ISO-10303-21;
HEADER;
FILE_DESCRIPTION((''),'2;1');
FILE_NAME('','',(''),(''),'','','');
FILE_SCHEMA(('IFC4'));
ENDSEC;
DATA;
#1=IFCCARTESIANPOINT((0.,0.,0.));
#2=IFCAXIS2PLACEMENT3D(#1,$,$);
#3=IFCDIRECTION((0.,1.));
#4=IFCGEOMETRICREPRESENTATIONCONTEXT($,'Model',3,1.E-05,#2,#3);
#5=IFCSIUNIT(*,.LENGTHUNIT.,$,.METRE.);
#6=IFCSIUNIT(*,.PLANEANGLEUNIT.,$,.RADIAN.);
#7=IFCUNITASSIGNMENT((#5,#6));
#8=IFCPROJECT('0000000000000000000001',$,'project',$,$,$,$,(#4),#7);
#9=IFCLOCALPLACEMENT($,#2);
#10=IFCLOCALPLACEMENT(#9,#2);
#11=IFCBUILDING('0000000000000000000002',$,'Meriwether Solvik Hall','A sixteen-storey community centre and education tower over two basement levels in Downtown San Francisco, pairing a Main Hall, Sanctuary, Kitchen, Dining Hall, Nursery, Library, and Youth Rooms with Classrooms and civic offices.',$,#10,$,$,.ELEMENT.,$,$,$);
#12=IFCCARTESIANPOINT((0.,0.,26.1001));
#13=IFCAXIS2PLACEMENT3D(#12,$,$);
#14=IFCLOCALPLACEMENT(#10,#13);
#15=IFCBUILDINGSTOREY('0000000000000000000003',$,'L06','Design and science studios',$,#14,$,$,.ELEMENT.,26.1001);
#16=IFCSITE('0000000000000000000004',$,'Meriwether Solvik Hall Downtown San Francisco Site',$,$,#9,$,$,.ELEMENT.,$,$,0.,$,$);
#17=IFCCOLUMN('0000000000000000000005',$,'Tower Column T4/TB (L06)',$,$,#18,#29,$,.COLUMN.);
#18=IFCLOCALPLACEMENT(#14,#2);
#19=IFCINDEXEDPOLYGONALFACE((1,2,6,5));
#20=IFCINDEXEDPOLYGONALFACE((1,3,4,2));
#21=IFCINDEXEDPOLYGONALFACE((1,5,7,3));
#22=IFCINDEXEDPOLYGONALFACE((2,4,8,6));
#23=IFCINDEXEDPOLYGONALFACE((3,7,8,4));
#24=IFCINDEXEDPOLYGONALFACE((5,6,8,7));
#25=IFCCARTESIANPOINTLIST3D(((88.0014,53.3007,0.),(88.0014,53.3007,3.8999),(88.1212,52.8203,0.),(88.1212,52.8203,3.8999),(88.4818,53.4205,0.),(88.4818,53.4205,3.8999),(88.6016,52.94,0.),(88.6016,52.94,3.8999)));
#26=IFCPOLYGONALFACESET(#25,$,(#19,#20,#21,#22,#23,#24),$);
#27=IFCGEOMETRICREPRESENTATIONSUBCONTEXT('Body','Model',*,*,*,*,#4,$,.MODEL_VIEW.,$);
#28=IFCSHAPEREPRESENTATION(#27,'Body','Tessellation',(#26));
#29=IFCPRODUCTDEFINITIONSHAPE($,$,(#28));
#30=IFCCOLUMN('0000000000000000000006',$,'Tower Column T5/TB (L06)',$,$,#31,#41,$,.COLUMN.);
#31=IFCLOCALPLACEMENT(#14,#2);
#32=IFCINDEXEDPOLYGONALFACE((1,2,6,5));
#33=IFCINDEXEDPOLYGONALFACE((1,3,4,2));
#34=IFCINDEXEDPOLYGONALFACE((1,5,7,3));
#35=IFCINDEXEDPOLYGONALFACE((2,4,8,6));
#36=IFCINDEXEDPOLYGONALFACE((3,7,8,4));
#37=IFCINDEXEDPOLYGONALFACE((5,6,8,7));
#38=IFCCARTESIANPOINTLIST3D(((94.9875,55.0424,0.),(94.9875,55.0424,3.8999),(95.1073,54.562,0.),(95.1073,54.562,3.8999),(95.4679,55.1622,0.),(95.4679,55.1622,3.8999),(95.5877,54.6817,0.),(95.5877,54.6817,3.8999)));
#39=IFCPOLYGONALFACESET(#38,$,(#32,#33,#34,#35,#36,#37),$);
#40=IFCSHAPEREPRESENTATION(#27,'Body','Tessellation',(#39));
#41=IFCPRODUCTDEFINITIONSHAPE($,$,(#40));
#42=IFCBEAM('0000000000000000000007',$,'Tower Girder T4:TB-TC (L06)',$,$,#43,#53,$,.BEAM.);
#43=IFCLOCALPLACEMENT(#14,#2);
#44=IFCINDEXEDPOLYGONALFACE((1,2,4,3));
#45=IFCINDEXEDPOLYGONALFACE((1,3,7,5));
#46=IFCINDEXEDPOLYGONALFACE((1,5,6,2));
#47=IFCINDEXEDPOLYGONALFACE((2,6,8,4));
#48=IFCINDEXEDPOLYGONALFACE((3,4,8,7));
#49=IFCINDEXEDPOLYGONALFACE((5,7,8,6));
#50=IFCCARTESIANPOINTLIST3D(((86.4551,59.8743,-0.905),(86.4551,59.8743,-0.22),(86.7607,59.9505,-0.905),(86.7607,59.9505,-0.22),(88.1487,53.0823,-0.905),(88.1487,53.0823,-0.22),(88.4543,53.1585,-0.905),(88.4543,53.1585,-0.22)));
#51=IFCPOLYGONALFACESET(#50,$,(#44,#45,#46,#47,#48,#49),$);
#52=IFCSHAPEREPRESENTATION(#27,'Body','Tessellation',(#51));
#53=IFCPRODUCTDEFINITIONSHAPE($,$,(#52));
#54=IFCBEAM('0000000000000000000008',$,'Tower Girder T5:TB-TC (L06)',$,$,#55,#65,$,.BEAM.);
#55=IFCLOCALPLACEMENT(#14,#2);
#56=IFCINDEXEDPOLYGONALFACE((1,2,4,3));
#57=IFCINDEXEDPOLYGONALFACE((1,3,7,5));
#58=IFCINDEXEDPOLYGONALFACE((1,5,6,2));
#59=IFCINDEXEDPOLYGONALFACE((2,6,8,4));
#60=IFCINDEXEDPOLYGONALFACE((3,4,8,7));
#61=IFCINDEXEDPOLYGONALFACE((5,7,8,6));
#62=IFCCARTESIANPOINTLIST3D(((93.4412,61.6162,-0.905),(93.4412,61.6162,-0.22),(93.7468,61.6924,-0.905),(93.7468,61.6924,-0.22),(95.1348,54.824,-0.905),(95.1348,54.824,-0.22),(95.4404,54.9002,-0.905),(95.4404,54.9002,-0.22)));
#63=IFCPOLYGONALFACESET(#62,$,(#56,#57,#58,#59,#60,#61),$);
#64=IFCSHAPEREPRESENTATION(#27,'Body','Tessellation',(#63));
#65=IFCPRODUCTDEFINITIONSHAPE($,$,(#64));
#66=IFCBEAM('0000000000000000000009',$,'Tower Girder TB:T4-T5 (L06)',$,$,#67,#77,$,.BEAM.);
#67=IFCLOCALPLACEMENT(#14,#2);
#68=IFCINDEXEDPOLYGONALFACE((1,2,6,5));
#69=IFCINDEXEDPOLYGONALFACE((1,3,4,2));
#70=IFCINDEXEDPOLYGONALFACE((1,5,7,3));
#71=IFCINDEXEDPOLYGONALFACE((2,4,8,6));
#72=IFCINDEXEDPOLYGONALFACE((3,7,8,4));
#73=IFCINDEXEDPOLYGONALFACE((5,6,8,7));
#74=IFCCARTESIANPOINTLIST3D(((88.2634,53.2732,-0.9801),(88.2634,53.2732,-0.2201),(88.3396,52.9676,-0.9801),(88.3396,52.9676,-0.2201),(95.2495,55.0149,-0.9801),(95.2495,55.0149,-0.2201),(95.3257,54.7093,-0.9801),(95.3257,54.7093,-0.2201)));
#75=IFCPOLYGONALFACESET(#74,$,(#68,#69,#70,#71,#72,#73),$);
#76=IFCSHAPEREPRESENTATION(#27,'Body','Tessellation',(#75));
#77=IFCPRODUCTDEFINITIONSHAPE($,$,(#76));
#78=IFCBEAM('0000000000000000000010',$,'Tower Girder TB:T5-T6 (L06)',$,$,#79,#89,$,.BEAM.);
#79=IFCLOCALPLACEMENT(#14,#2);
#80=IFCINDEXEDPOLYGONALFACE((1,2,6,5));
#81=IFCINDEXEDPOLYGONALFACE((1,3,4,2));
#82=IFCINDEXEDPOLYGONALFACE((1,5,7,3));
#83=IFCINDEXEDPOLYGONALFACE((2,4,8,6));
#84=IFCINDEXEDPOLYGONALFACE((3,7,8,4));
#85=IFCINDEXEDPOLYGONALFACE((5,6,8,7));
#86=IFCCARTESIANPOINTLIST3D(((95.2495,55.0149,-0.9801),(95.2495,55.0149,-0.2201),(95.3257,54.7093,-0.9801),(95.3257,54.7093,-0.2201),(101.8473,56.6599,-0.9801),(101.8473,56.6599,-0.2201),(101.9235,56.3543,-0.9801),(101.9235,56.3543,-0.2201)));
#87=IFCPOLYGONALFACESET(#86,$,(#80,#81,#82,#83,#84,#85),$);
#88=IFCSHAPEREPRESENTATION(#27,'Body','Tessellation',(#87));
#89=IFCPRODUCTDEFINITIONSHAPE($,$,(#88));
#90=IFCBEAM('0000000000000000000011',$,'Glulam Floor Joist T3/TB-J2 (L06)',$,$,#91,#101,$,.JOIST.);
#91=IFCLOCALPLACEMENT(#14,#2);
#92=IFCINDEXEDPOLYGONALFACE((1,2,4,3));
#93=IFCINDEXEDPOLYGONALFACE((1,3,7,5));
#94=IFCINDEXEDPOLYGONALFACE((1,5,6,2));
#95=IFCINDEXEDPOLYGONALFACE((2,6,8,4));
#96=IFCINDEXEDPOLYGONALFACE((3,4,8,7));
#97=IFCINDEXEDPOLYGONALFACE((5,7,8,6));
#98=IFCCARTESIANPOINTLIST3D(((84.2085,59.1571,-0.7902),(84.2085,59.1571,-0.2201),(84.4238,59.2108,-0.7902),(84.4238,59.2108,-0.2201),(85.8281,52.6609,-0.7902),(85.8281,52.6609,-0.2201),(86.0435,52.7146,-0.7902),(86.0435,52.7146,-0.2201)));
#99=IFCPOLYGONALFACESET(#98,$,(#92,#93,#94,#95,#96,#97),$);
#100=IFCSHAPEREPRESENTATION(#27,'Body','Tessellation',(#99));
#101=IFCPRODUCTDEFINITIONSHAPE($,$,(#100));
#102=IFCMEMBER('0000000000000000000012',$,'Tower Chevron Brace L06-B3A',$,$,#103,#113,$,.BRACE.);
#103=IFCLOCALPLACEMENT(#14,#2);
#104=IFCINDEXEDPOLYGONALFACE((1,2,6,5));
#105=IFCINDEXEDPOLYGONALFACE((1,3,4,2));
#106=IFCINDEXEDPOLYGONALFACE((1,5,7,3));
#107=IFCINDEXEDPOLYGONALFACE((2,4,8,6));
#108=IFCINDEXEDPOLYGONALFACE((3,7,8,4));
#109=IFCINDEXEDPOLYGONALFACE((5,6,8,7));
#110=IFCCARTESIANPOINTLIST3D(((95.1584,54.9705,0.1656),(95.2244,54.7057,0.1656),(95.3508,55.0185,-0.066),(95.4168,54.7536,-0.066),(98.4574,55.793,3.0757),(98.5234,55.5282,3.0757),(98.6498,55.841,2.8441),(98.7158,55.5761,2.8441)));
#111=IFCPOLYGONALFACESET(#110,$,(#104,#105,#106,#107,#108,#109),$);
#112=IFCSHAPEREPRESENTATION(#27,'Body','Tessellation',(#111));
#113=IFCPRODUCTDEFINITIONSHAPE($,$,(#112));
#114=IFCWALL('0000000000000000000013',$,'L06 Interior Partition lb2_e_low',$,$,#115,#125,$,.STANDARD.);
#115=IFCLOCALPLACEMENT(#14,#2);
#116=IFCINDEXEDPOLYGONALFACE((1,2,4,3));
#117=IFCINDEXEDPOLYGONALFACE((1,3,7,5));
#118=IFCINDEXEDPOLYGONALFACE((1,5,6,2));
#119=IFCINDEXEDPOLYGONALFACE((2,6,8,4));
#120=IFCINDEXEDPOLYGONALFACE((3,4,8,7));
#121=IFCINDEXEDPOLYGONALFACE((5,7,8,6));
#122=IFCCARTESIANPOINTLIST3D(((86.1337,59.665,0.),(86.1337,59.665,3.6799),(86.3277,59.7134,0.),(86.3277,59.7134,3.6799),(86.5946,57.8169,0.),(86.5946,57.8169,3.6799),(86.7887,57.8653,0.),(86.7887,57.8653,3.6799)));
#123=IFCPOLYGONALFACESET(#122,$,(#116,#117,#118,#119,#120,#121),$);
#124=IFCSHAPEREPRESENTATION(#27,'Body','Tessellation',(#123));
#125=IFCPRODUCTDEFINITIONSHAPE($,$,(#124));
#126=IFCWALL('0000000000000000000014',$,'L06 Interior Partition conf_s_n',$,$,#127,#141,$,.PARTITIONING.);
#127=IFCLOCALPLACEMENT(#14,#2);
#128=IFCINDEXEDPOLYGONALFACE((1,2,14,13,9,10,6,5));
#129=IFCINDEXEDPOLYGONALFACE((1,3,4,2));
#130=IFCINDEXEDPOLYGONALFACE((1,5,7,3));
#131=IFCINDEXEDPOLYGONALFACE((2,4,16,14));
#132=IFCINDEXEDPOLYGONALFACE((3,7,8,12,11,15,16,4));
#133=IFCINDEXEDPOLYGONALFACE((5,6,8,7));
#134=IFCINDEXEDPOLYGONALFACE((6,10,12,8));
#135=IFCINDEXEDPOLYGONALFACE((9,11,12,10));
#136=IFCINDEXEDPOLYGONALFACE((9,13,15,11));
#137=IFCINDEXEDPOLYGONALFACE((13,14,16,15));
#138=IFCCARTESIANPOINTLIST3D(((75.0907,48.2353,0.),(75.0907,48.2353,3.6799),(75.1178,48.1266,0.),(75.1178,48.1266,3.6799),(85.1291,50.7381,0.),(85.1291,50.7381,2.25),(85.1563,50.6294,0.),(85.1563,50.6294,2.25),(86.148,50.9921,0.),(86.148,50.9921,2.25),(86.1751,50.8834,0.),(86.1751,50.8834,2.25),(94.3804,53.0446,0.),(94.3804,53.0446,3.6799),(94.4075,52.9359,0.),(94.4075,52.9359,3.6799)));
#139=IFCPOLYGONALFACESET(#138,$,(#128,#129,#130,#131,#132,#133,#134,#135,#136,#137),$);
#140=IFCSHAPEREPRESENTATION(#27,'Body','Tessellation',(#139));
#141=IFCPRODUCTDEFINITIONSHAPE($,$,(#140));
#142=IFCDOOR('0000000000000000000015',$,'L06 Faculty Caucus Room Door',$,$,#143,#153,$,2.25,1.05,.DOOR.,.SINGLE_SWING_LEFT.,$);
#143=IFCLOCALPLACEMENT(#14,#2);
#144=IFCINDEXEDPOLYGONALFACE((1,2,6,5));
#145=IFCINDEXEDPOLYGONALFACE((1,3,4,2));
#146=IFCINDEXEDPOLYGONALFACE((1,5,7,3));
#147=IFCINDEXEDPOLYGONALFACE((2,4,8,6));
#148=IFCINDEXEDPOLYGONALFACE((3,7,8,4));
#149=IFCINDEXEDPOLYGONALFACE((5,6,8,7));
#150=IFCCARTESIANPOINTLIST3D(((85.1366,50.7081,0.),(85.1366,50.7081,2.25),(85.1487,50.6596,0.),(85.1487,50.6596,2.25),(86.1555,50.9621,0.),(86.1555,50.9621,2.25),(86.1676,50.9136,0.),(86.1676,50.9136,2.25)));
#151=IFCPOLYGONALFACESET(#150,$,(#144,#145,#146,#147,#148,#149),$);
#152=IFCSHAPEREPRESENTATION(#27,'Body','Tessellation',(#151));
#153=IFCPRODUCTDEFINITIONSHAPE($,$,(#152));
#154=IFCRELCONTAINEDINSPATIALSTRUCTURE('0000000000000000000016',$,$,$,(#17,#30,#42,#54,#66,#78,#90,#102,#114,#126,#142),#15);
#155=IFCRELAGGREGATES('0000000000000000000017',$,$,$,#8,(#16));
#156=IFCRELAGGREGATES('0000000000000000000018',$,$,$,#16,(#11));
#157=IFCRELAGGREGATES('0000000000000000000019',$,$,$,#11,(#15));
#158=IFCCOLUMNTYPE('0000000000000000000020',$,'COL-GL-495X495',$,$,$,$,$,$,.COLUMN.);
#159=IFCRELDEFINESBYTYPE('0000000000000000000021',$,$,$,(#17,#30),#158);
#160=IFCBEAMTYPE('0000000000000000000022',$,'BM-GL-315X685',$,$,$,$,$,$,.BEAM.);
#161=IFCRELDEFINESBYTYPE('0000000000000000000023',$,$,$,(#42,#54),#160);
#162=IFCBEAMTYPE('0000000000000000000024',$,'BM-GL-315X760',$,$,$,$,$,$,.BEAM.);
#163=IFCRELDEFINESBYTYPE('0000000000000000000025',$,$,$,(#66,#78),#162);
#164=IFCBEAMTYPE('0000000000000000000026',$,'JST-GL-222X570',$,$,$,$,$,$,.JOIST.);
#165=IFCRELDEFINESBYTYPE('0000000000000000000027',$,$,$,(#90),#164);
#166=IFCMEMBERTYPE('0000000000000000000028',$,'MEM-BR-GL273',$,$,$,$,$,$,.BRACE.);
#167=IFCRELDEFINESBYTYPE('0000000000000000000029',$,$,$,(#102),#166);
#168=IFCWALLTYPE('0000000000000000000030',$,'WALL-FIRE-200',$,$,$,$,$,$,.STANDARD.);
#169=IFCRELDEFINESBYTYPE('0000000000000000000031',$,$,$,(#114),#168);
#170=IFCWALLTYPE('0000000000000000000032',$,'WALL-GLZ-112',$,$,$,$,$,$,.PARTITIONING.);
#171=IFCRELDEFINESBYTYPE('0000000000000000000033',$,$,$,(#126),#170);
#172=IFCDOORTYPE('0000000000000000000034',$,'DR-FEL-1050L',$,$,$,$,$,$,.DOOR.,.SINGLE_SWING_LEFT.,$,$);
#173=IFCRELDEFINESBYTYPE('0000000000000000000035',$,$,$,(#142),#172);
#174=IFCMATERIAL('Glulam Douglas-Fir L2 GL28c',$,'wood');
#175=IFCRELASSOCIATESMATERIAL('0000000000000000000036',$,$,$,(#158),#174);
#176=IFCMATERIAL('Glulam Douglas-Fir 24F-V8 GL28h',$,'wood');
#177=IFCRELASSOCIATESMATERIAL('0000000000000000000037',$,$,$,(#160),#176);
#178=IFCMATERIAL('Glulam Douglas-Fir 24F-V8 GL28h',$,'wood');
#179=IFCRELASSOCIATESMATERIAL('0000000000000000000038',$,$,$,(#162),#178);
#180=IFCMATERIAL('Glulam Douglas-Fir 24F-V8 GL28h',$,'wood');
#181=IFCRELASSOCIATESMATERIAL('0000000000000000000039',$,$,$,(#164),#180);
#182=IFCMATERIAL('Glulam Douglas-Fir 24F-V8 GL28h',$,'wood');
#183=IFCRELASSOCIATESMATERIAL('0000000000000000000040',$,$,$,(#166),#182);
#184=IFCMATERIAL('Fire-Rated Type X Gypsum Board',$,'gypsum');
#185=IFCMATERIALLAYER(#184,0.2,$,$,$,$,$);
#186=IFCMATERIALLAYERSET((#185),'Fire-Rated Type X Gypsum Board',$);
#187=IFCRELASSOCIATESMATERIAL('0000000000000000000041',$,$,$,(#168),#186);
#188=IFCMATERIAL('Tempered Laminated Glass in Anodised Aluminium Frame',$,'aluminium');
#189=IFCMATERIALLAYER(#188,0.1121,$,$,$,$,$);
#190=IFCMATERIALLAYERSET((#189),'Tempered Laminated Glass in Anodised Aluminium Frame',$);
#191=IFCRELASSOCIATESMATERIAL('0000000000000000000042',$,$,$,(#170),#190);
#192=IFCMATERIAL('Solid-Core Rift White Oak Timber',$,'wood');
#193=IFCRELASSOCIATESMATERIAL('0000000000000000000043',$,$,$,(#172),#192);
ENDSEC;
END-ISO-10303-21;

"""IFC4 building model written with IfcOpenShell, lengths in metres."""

from ifc_helpers import new_model, si_unit, direction, frame, frame_2d, origin, origin_2d, place, context, subcontext, project, spatial, rectangle, extrude, material, layer, layer_set, material_profile, profile_set, type_object, element, fill, save


model = new_model("IFC4")

# Units and contexts
model_context = context("Model", 3, precision=1e-05, world=origin(), true_north=direction((0.0, 1.0)))
body_context = subcontext(model_context, "Body", "Model", "MODEL_VIEW")
ifc_project = project(units=[si_unit("LENGTHUNIT", "METRE"), si_unit("PLANEANGLEUNIT", "RADIAN")], contexts=[model_context])

# Site, building, storey
site_placement = place(None, origin())
site = spatial("IfcSite", under=ifc_project, at=site_placement, Name="Meriwether Solvik Hall Downtown San Francisco Site", CompositionType="ELEMENT", RefElevation=0.0)
building_placement = place(site_placement, origin())
building = spatial("IfcBuilding", under=site, at=building_placement, Name="Meriwether Solvik Hall", Description="A sixteen-storey community centre and education tower over two basement levels in Downtown San Francisco, pairing a Main Hall, Sanctuary, Kitchen, Dining Hall, Nursery, Library, and Youth Rooms with Classrooms and civic offices.", CompositionType="ELEMENT")
storey_placement = place(building_placement, frame((0.0, 0.0, 26.1001)))
storey = spatial("IfcBuildingStorey", under=building, at=storey_placement, Name="L06", Description="Design and science studios", CompositionType="ELEMENT", Elevation=26.1001)

# Columns
ifc_material_1 = material(Name="Glulam Douglas-Fir L2 GL28c", Category="wood")
ifc_material_profile_1 = material_profile(ifc_material_1, rectangle(XDim=0.4951, YDim=0.4951, at=origin_2d()), Name="GLC-495X495")
ifc_profile_set_1 = profile_set([ifc_material_profile_1], Name="Glulam Douglas-Fir L2 GL28c")
column_type = type_object("IfcColumnType", Name="COL-GL-495X495", PredefinedType="COLUMN", material=ifc_profile_set_1)
for number, where, z_axis, x_axis, name in (
    (1, (88.3015, 53.1204, 0.0), (0.0, 0.0, 1.0), (0.970296, 0.241922, 0.0), "Tower Column T4/TB (L06)"),
    (2, (95.2876, 54.8621, 0.0), (0.0, 0.0, 1.0), (0.970296, 0.241922, 0.0), "Tower Column T5/TB (L06)"),
):
    element("IfcColumn", number, at=place(storey_placement, frame(where, z_axis=z_axis, x_axis=x_axis)), inside=storey, type_object=column_type, Name=name, PredefinedType="COLUMN", context=body_context, shape_type="SweptSolid", body=[
        extrude(rectangle(XDim=0.4951, YDim=0.4951, at=origin_2d()), origin(), (0.0, 0.0, 1.0), 3.8999),
    ])

# Beams
ifc_material_2 = material(Name="Glulam Douglas-Fir 24F-V8 GL28h", Category="wood")
ifc_material_profile_2 = material_profile(ifc_material_2, rectangle(XDim=0.3149, YDim=0.6851, at=origin_2d()), Name="GLB-315X685")
ifc_profile_set_2 = profile_set([ifc_material_profile_2], Name="Glulam Douglas-Fir 24F-V8 GL28h")
beam_type_1 = type_object("IfcBeamType", Name="BM-GL-315X685", PredefinedType="BEAM", material=ifc_profile_set_2)
beam_1_placement = place(storey_placement, frame((88.3015, 53.1204, -0.5625), z_axis=(-0.241945, 0.97029, 0.0), x_axis=(-0.97029, -0.241945, 0.0)))
element("IfcBeam", 3, at=beam_1_placement, inside=storey, type_object=beam_type_1, Name="Tower Girder T4:TB-TC (L06)", PredefinedType="BEAM", context=body_context, shape_type="SweptSolid", body=[
    extrude(rectangle(XDim=0.3149, YDim=0.6851, at=origin_2d()), origin(), (0.0, 0.0, 1.0), 7.0),
])
beam_2_placement = place(storey_placement, frame((95.2876, 54.8621, -0.5625), z_axis=(-0.241937, 0.970292, 0.0), x_axis=(-0.970292, -0.241937, 0.0)))
element("IfcBeam", 4, at=beam_2_placement, inside=storey, type_object=beam_type_1, Name="Tower Girder T5:TB-TC (L06)", PredefinedType="BEAM", context=body_context, shape_type="SweptSolid", body=[
    extrude(rectangle(XDim=0.3149, YDim=0.6851, at=origin_2d()), origin(), (0.0, 0.0, 1.0), 7.0002),
])
ifc_material_3 = material(Name="Glulam Douglas-Fir 24F-V8 GL28h", Category="wood")
ifc_material_profile_3 = material_profile(ifc_material_3, rectangle(XDim=0.3149, YDim=0.76, at=origin_2d()), Name="GLB-315X760")
ifc_profile_set_3 = profile_set([ifc_material_profile_3], Name="Glulam Douglas-Fir 24F-V8 GL28h")
beam_type_2 = type_object("IfcBeamType", Name="BM-GL-315X760", PredefinedType="BEAM", material=ifc_profile_set_3)
beam_3_placement = place(storey_placement, frame((88.3015, 53.1204, -0.6001), z_axis=(0.9703, 0.241905, 0.0), x_axis=(-0.241905, 0.9703, 0.0)))
element("IfcBeam", 5, at=beam_3_placement, inside=storey, type_object=beam_type_2, Name="Tower Girder TB:T4-T5 (L06)", PredefinedType="BEAM", context=body_context, shape_type="SweptSolid", body=[
    extrude(rectangle(XDim=0.3149, YDim=0.76, at=origin_2d()), origin(), (0.0, 0.0, 1.0), 7.2),
])
beam_4_placement = place(storey_placement, frame((95.2876, 54.8621, -0.6001), z_axis=(0.970296, 0.241919, 0.0), x_axis=(-0.241919, 0.970296, 0.0)))
element("IfcBeam", 6, at=beam_4_placement, inside=storey, type_object=beam_type_2, Name="Tower Girder TB:T5-T6 (L06)", PredefinedType="BEAM", context=body_context, shape_type="SweptSolid", body=[
    extrude(rectangle(XDim=0.3149, YDim=0.76, at=origin_2d()), origin(), (0.0, 0.0, 1.0), 6.7998),
])
ifc_material_4 = material(Name="Glulam Douglas-Fir 24F-V8 GL28h", Category="wood")
ifc_material_profile_4 = material_profile(ifc_material_4, rectangle(XDim=0.2219, YDim=0.5701, at=origin_2d()), Name="GLJ-222X570")
ifc_profile_set_4 = profile_set([ifc_material_profile_4], Name="Glulam Douglas-Fir 24F-V8 GL28h")
beam_type_3 = type_object("IfcBeamType", Name="JST-GL-222X570", PredefinedType="JOIST", material=ifc_profile_set_4)
beam_5_placement = place(storey_placement, frame((85.9358, 52.6877, -0.5051), z_axis=(-0.241918, 0.970297, 0.0), x_axis=(-0.970297, -0.241918, 0.0)))
element("IfcBeam", 7, at=beam_5_placement, inside=storey, type_object=beam_type_3, Name="Glulam Floor Joist T3/TB-J2 (L06)", PredefinedType="JOIST", context=body_context, shape_type="SweptSolid", body=[
    extrude(rectangle(XDim=0.2219, YDim=0.5701, at=origin_2d()), origin(), (0.0, 0.0, 1.0), 6.6951),
])

# Member
ifc_material_5 = material(Name="Glulam Douglas-Fir 24F-V8 GL28h", Category="wood")
ifc_material_profile_5 = material_profile(ifc_material_5, rectangle(XDim=0.2729, YDim=0.3049, at=origin_2d()), Name="GLM-273X305")
ifc_profile_set_5 = profile_set([ifc_material_profile_5], Name="Glulam Douglas-Fir 24F-V8 GL28h")
member_type = type_object("IfcMemberType", Name="MEM-BR-GL273", PredefinedType="BRACE", material=ifc_profile_set_5)
member_placement = place(storey_placement, frame((95.2876, 54.8621, 0.0498), z_axis=(0.737153, 0.183784, 0.650253), x_axis=(-0.24191, 0.970299, 0.0)))
element("IfcMember", 8, at=member_placement, inside=storey, type_object=member_type, Name="Tower Chevron Brace L06-B3A", PredefinedType="BRACE", context=body_context, shape_type="SweptSolid", body=[
    extrude(rectangle(XDim=0.2729, YDim=0.3049, at=origin_2d()), origin(), (0.0, 0.0, 1.0), 4.4753),
])

# Wall
ifc_material_6 = material(Name="Fire-Rated Type X Gypsum Board", Category="gypsum")
ifc_layer_1 = layer(ifc_material_6, 0.2)
ifc_layer_set_1 = layer_set([ifc_layer_1], Name="Fire-Rated Type X Gypsum Board")
wall_type_1 = type_object("IfcWallType", Name="WALL-FIRE-200", PredefinedType="STANDARD", material=ifc_layer_set_1)
wall_1_placement = place(storey_placement, frame((86.6917, 57.8411, 0.0), z_axis=(0.0, 0.0, 1.0), x_axis=(-0.241993, 0.970278, 0.0)))
element("IfcWall", 9, at=wall_1_placement, inside=storey, type_object=wall_type_1, Name="L06 Interior Partition lb2_e_low", PredefinedType="STANDARD", context=body_context, shape_type="SweptSolid", body=[
    extrude(rectangle(XDim=1.9048, YDim=0.2, at=frame_2d((0.9524, 0.0))), origin(), (0.0, 0.0, 1.0), 3.6799),
])

# Wall, opening, door
ifc_material_7 = material(Name="Tempered Laminated Glass in Anodised Aluminium Frame", Category="aluminium")
ifc_layer_2 = layer(ifc_material_7, 0.1121)
ifc_layer_set_2 = layer_set([ifc_layer_2], Name="Tempered Laminated Glass in Anodised Aluminium Frame")
wall_type_2 = type_object("IfcWallType", Name="WALL-GLZ-112", PredefinedType="PARTITIONING", material=ifc_layer_set_2)
wall_2_placement = place(storey_placement, frame((94.3938, 52.9902, 0.0), z_axis=(0.0, 0.0, 1.0), x_axis=(-0.970297, -0.241917, 0.0)))
wall_2 = element("IfcWall", 10, at=wall_2_placement, inside=storey, type_object=wall_type_2, Name="L06 Interior Partition conf_s_n", PredefinedType="PARTITIONING", context=body_context, shape_type="SweptSolid", body=[
    extrude(rectangle(XDim=19.8801, YDim=0.1121, at=frame_2d((9.9399, 0.0))), origin(), (0.0, 0.0, 1.0), 3.6799),
])
opening_1_placement = place(wall_2_placement, frame((8.4844, 0.0, 0.0)))
opening_1 = element("IfcOpeningElement", 11, at=opening_1_placement, cuts=wall_2, PredefinedType="OPENING", context=body_context, shape_type="SweptSolid", body=[
    extrude(rectangle(XDim=1.05, YDim=2.25, at=frame_2d((0.5249, 1.125))), frame((0.0, 0.0679, 0.0), z_axis=(0.0, -1.0, 0.0), x_axis=(1.0, 0.0, 0.0)), (0.0, 0.0, 1.0), 0.136),
])
ifc_material_8 = material(Name="Solid-Core Rift White Oak Timber", Category="wood")
door_type_1 = type_object("IfcDoorType", Name="DR-FEL-1050L", OperationType="SINGLE_SWING_LEFT", PredefinedType="DOOR", material=ifc_material_8)
door_1_placement = place(opening_1_placement, origin())
door_1 = element("IfcDoor", 12, at=door_1_placement, inside=storey, type_object=door_type_1, Name="L06 Faculty Caucus Room Door", OperationType="SINGLE_SWING_LEFT", OverallHeight=2.25, OverallWidth=1.05, PredefinedType="DOOR", context=body_context, shape_type="SweptSolid", body=[
    extrude(rectangle(XDim=1.05, YDim=2.25, at=frame_2d((0.5249, 1.125))), frame((0.0, 0.0249, 0.0), z_axis=(0.0, -1.0, 0.0), x_axis=(1.0, 0.0, 0.0)), (0.0, 0.0, 1.0), 0.05),
])
fill(opening_1, door_1)

save(model, "model.ifc")
